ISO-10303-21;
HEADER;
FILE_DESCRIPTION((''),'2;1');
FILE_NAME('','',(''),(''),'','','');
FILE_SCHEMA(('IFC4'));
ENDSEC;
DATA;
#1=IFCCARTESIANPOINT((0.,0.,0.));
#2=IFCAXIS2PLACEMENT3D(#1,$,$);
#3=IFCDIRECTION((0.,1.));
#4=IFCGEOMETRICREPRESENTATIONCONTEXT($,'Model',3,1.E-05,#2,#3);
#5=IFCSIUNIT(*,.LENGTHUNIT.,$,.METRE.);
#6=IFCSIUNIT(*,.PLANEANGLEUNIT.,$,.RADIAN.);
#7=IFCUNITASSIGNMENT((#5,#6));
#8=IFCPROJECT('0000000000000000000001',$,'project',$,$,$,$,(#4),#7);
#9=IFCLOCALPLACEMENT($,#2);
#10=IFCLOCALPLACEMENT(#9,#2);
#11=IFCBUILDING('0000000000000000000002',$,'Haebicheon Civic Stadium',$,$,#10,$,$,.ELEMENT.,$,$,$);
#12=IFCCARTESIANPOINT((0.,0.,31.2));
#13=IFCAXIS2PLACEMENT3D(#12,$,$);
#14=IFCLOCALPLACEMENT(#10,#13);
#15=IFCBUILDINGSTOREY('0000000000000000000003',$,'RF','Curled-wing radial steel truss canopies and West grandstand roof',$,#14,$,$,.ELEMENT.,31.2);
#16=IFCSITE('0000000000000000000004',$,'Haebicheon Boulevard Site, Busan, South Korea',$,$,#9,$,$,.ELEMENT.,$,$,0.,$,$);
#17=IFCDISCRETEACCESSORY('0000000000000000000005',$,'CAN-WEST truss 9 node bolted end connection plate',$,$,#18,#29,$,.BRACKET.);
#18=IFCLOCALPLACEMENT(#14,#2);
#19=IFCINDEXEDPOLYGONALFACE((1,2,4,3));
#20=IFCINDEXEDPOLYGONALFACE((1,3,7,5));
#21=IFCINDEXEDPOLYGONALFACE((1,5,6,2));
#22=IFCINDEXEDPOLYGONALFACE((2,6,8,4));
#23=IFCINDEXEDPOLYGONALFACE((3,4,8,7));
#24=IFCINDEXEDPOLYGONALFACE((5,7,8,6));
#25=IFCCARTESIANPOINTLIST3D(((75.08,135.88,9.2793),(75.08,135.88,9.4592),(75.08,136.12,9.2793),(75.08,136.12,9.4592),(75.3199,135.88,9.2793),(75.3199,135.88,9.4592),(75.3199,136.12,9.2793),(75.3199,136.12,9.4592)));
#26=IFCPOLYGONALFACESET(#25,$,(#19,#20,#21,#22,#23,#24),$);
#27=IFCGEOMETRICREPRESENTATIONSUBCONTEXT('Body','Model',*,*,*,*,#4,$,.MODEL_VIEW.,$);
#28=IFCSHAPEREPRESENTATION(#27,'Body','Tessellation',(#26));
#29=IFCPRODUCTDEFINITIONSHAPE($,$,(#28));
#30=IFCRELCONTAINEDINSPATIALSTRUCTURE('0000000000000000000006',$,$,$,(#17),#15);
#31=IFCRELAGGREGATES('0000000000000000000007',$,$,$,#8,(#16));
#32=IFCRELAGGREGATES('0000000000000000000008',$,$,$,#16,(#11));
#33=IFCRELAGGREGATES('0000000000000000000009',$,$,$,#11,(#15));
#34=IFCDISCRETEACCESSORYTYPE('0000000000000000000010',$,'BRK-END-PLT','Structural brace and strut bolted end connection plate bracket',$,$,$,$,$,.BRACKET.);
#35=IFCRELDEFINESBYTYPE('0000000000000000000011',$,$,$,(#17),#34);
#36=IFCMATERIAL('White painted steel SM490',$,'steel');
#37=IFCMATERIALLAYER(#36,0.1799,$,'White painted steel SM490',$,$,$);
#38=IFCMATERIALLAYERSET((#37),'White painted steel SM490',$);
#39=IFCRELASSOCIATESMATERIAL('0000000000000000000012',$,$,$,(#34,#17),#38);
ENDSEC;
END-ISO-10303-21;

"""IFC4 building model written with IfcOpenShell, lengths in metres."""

from ifc_helpers import new_model, si_unit, direction, frame, origin, origin_2d, place, context, subcontext, project, spatial, rectangle, extrude, material, layer, layer_set, type_object, element, save


model = new_model("IFC4")

# Units and contexts
model_context = context("Model", 3, precision=1e-05, world=origin(), true_north=direction((0.0, 1.0)))
body_context = subcontext(model_context, "Body", "Model", "MODEL_VIEW")
ifc_project = project(units=[si_unit("LENGTHUNIT", "METRE"), si_unit("PLANEANGLEUNIT", "RADIAN")], contexts=[model_context])

# Site, building, storey
site_placement = place(None, origin())
site = spatial("IfcSite", under=ifc_project, at=site_placement, Name="Haebicheon Boulevard Site, Busan, South Korea", CompositionType="ELEMENT", RefElevation=0.0)
building_placement = place(site_placement, origin())
building = spatial("IfcBuilding", under=site, at=building_placement, Name="Haebicheon Civic Stadium", CompositionType="ELEMENT")
storey_placement = place(building_placement, frame((0.0, 0.0, 31.2)))
storey = spatial("IfcBuildingStorey", under=building, at=storey_placement, Name="RF", Description="Curled-wing radial steel truss canopies and West grandstand roof", CompositionType="ELEMENT", Elevation=31.2)

# Discrete accessory
ifc_material_1 = material(Name="White painted steel SM490", Category="steel")
ifc_layer_1 = layer(ifc_material_1, 0.1799, Name="White painted steel SM490")
ifc_layer_set_1 = layer_set([ifc_layer_1], Name="White painted steel SM490")
discrete_accessory_type = type_object("IfcDiscreteAccessoryType", Name="BRK-END-PLT", Description="Structural brace and strut bolted end connection plate bracket", PredefinedType="BRACKET", material=ifc_layer_set_1)
for number, where, z_axis, x_axis, name in (
    (1, (75.2, 136.0, 9.2793), (0.0, 0.0, 1.0), (1.0, 0.0, 0.0), "CAN-WEST truss 9 node bolted end connection plate"),
):
    element("IfcDiscreteAccessory", number, at=place(storey_placement, frame(where, z_axis=z_axis, x_axis=x_axis)), inside=storey, type_object=discrete_accessory_type, material=ifc_layer_set_1, Name=name, PredefinedType="BRACKET", context=body_context, shape_type="SweptSolid", body=[
        extrude(rectangle(XDim=0.24, YDim=0.24, at=origin_2d()), origin(), (0.0, 0.0, 1.0), 0.1799),
    ])

save(model, "model.ifc")
